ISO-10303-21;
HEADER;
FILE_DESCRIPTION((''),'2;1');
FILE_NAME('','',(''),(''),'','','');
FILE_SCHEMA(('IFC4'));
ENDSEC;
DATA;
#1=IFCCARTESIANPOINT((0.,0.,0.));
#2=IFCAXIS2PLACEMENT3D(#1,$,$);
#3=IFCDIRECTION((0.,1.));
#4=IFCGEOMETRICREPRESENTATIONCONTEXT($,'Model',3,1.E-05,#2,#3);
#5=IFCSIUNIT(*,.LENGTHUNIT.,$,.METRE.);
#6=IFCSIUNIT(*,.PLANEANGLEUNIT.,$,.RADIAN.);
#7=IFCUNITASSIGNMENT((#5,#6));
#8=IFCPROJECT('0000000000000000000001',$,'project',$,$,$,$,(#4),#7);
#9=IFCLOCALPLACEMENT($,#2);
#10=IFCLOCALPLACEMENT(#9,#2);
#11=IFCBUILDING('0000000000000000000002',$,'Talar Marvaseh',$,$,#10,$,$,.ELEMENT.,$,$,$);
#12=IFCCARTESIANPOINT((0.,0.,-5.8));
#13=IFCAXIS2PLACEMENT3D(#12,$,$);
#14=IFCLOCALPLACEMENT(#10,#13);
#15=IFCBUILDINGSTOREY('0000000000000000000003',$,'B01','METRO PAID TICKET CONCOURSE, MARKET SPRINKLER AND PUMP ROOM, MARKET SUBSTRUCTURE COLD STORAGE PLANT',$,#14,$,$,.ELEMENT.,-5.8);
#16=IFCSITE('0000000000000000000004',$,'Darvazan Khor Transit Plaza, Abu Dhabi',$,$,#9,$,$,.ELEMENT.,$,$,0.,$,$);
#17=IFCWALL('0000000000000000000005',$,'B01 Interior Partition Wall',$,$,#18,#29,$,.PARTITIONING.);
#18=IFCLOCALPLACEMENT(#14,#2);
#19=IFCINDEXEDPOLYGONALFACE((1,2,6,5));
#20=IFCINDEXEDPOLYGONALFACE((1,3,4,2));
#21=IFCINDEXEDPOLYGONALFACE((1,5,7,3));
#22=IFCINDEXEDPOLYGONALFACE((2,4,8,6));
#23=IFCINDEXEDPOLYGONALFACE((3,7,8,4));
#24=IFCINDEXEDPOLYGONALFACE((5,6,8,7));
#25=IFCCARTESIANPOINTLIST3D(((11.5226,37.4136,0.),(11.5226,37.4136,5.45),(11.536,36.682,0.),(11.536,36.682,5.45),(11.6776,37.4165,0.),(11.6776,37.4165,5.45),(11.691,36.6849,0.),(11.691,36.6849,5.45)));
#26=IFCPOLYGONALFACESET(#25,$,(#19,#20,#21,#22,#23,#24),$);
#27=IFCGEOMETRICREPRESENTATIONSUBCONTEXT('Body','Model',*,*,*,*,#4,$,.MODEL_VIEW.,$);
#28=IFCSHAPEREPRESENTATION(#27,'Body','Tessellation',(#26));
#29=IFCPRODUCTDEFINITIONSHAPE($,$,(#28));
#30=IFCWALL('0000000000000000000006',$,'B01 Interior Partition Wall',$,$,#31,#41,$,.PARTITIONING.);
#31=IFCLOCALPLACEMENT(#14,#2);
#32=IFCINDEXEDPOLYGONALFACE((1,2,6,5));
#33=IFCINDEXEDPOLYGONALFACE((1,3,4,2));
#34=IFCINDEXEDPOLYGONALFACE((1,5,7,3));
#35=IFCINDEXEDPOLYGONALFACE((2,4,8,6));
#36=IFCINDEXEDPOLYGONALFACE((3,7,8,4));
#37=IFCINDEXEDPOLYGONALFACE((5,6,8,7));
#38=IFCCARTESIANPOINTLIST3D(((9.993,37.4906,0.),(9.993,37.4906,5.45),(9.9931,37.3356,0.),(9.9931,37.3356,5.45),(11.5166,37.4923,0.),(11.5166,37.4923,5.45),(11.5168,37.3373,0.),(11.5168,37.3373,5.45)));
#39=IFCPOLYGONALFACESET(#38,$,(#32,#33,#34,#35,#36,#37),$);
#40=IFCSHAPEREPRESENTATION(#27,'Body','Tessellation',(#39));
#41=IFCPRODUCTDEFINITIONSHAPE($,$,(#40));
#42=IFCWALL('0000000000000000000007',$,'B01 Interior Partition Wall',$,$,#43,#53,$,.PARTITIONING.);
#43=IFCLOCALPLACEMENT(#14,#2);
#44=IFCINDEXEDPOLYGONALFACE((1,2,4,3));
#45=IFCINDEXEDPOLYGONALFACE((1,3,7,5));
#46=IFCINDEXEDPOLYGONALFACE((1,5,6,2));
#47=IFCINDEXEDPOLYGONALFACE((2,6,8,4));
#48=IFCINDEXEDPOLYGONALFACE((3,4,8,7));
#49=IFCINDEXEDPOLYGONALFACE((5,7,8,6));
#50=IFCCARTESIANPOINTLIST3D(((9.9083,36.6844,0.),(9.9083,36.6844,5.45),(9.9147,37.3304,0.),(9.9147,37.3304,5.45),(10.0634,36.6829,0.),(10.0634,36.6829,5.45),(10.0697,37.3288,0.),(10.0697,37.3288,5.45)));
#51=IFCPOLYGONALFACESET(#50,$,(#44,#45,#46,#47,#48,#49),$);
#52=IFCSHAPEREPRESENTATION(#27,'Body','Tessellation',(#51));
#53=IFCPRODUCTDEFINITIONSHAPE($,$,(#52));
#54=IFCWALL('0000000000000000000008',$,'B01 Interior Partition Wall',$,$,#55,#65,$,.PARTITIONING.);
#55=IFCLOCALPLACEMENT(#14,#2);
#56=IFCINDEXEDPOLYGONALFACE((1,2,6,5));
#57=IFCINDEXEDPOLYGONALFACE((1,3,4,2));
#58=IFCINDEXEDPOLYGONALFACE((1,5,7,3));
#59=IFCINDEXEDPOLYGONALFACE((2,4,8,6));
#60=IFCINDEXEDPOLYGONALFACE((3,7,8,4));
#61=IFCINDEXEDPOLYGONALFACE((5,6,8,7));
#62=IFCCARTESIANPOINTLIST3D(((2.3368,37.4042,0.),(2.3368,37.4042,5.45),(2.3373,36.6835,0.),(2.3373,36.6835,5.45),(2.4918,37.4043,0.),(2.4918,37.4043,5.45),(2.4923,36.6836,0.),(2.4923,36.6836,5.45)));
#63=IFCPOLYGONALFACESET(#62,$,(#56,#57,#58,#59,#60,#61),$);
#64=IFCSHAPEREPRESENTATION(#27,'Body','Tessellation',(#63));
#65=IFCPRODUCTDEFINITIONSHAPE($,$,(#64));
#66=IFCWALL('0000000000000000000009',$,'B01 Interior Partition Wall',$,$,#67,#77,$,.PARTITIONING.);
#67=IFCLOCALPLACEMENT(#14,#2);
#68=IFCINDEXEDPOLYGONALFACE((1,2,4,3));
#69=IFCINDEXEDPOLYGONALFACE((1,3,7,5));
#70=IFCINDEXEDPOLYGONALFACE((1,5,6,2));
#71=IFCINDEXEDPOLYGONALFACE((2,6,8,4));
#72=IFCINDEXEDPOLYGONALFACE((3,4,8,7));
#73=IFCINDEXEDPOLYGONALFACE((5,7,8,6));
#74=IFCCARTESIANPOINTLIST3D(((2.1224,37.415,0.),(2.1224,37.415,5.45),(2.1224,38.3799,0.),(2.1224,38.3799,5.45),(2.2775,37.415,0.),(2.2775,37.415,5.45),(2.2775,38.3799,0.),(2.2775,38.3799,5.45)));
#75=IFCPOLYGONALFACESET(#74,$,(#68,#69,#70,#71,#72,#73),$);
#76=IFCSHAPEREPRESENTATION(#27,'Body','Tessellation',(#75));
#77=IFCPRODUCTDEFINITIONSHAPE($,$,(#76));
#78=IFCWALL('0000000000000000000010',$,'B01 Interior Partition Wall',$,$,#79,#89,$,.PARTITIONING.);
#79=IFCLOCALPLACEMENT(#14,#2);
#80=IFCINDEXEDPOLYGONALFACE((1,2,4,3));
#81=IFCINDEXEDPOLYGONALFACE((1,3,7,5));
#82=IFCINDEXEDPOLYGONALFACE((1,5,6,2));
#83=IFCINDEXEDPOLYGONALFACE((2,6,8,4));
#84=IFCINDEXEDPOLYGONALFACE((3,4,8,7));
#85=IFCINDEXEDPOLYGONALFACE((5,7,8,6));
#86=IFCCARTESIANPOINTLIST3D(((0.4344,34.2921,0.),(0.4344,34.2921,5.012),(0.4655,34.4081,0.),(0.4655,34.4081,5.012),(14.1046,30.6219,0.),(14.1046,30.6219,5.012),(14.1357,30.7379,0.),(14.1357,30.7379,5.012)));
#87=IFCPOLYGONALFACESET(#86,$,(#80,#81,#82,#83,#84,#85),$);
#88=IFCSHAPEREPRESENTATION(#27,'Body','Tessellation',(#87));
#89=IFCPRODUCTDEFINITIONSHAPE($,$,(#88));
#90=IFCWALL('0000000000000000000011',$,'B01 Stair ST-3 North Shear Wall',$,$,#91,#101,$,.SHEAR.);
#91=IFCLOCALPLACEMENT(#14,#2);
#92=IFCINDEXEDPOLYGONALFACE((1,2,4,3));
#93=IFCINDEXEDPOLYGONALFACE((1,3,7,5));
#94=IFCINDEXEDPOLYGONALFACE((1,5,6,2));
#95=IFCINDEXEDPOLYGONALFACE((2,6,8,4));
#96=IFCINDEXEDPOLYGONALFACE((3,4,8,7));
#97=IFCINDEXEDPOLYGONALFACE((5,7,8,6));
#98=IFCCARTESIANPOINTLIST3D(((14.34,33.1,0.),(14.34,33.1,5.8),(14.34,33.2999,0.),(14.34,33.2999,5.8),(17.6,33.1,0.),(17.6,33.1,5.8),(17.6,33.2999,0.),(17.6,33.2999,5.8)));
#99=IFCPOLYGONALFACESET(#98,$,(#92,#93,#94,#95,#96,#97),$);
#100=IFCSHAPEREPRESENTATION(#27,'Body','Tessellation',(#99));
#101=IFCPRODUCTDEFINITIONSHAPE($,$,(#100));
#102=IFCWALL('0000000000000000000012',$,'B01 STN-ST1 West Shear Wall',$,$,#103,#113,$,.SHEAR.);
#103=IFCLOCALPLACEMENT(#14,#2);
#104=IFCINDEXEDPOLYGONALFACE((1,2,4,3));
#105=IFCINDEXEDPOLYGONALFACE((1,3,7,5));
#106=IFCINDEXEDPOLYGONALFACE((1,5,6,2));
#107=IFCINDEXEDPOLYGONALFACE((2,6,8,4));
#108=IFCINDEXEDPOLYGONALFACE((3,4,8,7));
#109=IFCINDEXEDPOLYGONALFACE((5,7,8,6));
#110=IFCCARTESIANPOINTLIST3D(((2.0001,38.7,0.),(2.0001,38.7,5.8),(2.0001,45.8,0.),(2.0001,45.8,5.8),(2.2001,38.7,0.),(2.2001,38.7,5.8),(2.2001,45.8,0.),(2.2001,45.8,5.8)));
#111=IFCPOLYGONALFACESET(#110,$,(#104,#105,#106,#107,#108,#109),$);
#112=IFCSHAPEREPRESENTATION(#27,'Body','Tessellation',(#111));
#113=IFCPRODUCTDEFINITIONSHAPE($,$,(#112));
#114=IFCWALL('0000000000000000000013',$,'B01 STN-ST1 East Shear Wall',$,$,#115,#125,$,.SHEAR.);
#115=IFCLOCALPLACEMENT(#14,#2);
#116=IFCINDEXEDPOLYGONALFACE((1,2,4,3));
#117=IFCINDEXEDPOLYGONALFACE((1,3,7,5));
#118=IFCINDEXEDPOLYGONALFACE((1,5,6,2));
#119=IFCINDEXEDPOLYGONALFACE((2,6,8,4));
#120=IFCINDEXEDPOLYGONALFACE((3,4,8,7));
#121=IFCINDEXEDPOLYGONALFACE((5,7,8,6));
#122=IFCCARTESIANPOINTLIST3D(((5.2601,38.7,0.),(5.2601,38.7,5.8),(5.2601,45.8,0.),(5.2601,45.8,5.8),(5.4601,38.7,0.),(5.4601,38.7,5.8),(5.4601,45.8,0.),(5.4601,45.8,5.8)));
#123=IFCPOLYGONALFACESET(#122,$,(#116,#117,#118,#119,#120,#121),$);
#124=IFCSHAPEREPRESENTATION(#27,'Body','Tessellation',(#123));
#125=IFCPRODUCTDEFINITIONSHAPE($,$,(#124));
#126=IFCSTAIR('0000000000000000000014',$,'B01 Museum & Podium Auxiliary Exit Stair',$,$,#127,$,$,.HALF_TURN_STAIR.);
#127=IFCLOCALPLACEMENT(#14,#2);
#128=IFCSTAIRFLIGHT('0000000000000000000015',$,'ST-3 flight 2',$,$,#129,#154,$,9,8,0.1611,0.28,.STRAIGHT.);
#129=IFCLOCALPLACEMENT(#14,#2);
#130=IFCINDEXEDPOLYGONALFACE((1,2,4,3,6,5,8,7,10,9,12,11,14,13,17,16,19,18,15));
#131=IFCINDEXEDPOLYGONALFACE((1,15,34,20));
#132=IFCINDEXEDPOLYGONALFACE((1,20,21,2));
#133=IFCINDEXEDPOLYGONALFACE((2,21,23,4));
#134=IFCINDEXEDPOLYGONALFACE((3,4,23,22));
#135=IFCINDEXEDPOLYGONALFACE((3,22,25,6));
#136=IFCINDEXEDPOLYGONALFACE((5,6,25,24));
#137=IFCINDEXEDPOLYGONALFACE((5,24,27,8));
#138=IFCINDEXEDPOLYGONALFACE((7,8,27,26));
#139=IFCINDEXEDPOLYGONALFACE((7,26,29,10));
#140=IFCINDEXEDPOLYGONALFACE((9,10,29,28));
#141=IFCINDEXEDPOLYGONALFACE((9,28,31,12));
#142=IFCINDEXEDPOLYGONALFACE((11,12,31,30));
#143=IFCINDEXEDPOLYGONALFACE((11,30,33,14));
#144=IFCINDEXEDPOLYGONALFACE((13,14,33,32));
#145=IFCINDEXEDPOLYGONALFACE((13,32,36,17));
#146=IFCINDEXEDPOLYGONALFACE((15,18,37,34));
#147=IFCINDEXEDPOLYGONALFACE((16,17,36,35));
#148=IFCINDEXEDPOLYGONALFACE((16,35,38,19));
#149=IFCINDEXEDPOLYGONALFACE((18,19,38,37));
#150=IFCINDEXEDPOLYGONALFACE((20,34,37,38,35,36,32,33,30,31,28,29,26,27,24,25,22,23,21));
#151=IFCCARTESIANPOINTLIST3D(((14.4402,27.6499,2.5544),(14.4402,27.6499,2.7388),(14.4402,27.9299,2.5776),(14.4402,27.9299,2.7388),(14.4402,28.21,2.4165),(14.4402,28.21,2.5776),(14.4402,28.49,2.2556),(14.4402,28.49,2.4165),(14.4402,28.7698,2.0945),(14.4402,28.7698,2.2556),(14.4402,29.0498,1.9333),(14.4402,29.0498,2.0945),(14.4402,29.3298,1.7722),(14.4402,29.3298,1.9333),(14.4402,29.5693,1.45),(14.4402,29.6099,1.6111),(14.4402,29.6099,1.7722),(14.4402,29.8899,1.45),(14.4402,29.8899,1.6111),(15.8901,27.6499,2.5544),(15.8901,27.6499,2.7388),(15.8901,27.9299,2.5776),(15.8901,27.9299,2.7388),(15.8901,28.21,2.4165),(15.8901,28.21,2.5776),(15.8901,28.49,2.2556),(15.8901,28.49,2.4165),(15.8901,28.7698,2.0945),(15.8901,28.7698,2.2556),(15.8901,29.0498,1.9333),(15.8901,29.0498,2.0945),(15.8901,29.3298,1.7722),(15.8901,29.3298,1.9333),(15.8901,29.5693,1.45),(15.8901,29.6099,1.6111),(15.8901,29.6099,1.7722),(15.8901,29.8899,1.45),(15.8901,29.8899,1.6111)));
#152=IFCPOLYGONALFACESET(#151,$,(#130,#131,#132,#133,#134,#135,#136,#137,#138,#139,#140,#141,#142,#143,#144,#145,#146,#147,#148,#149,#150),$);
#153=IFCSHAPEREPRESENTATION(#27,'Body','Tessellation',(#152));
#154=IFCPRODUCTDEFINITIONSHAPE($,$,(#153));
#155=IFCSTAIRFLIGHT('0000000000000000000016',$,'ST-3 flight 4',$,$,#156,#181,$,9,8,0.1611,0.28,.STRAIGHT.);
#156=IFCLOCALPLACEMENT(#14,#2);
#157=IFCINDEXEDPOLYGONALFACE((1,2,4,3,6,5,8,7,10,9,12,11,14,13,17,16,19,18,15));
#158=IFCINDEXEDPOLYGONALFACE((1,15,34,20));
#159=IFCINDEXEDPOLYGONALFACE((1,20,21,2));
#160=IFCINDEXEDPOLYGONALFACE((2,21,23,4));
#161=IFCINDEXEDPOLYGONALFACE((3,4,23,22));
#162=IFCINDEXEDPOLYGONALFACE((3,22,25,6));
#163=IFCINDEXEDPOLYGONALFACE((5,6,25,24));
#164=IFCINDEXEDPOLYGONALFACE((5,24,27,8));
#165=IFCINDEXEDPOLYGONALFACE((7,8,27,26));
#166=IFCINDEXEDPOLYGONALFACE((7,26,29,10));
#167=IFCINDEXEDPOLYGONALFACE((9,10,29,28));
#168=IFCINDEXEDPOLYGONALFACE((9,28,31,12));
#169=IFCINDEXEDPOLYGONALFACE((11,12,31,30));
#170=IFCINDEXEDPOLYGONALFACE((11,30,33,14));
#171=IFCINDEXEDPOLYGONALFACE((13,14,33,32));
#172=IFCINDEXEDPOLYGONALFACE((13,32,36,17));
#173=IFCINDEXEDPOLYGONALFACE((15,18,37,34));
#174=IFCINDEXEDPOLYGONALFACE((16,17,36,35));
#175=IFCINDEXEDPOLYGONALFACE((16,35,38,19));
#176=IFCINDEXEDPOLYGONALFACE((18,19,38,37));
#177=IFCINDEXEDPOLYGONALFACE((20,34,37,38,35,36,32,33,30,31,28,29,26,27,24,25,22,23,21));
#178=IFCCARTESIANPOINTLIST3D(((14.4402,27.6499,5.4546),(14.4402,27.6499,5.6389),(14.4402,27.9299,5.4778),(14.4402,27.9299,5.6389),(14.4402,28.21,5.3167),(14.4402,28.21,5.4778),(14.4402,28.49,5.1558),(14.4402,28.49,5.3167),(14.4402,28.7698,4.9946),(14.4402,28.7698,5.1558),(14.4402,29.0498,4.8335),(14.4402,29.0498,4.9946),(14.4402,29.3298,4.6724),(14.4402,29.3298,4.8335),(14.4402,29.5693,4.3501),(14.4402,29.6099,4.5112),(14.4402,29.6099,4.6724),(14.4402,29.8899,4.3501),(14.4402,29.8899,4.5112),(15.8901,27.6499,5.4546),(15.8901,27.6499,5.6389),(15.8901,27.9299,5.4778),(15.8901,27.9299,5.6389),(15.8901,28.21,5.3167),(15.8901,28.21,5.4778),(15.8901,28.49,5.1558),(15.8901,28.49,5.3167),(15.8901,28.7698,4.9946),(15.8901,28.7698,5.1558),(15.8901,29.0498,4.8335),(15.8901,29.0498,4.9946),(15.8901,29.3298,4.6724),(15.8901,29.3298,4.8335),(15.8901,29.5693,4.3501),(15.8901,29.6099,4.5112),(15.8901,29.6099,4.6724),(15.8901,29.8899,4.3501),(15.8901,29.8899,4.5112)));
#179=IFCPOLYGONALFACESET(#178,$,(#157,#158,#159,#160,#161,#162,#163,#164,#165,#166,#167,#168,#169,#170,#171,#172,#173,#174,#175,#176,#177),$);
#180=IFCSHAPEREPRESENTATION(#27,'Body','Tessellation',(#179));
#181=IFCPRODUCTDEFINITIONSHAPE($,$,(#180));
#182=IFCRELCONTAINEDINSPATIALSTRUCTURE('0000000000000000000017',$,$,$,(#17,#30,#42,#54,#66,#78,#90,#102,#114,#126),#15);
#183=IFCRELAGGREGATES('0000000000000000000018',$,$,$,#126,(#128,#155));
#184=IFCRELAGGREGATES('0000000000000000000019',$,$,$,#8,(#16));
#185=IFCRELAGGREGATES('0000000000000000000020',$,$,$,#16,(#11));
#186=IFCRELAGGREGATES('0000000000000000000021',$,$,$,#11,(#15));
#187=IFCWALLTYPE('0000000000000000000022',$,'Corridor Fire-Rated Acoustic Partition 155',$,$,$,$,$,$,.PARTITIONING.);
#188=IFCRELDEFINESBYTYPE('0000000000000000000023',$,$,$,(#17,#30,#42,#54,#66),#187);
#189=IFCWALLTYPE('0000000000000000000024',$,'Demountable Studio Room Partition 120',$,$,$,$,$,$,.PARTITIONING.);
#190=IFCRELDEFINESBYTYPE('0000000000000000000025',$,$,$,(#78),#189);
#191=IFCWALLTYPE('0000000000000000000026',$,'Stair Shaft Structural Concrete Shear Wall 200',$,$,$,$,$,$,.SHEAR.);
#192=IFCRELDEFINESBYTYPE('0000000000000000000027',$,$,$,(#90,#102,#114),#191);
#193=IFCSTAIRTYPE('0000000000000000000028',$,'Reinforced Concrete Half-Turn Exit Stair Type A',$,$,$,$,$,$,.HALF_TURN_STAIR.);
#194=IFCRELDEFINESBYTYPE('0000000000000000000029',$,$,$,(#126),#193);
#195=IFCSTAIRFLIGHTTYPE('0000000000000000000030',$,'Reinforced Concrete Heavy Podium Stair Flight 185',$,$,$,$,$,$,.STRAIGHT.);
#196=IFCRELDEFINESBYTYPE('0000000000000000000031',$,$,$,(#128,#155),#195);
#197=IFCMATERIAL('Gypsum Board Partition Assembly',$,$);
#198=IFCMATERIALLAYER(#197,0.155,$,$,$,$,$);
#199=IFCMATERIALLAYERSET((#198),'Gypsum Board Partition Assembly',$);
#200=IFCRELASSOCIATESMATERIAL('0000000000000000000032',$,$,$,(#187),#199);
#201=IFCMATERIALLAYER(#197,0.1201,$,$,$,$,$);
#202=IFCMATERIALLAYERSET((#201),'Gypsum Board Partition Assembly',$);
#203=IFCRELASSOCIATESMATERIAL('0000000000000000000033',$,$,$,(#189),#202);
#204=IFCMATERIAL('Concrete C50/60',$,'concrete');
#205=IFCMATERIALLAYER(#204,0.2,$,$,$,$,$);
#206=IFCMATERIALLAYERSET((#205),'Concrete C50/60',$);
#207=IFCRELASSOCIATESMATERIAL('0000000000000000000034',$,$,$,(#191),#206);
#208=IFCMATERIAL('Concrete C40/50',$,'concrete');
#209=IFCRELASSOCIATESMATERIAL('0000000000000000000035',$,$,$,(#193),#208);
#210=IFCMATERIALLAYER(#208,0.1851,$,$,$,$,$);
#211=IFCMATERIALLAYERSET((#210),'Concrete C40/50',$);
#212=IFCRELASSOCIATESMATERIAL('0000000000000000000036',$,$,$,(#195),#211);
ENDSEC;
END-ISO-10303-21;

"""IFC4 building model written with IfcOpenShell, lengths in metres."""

from ifc_helpers import new_model, si_unit, direction, frame, frame_2d, origin, place, context, subcontext, project, spatial, polyline, rectangle, outline, extrude, material, layer, layer_set, type_object, element, aggregate, save


model = new_model("IFC4")

# Units and contexts
model_context = context("Model", 3, precision=1e-05, world=origin(), true_north=direction((0.0, 1.0)))
body_context = subcontext(model_context, "Body", "Model", "MODEL_VIEW")
ifc_project = project(units=[si_unit("LENGTHUNIT", "METRE"), si_unit("PLANEANGLEUNIT", "RADIAN")], contexts=[model_context])

# Site, building, storey
site_placement = place(None, origin())
site = spatial("IfcSite", under=ifc_project, at=site_placement, Name="Darvazan Khor Transit Plaza, Abu Dhabi", CompositionType="ELEMENT", RefElevation=0.0)
building_placement = place(site_placement, origin())
building = spatial("IfcBuilding", under=site, at=building_placement, Name="Talar Marvaseh", CompositionType="ELEMENT")
storey_placement = place(building_placement, frame((0.0, 0.0, -5.8)))
storey = spatial("IfcBuildingStorey", under=building, at=storey_placement, Name="B01", Description="METRO PAID TICKET CONCOURSE, MARKET SPRINKLER AND PUMP ROOM, MARKET SUBSTRUCTURE COLD STORAGE PLANT", CompositionType="ELEMENT", Elevation=-5.8)

# Shared definitions
ifc_material_1 = material(Name="Concrete C50/60", Category="concrete")

# Shared definitions
ifc_material_2 = material(Name="Gypsum Board Partition Assembly")
ifc_layer_1 = layer(ifc_material_2, 0.155)
ifc_layer_set_1 = layer_set([ifc_layer_1], Name="Gypsum Board Partition Assembly")
wall_type_1 = type_object("IfcWallType", Name="Corridor Fire-Rated Acoustic Partition 155", PredefinedType="PARTITIONING", material=ifc_layer_set_1)

# Walls
wall_1_placement = place(storey_placement, frame((11.6135, 36.6836, 0.0), z_axis=(0.0, 0.0, 1.0), x_axis=(-0.018355, 0.999832, 0.0)))
element("IfcWall", 1, at=wall_1_placement, inside=storey, type_object=wall_type_1, Name="B01 Interior Partition Wall", PredefinedType="PARTITIONING", context=body_context, shape_type="SweptSolid", body=[
    extrude(rectangle(XDim=0.7317, YDim=0.155, at=frame_2d((0.3657, 0.0))), origin(), (0.0, 0.0, 1.0), 5.45),
])
wall_2_placement = place(storey_placement, frame((11.5166, 37.4148, 0.0), z_axis=(0.0, 0.0, 1.0), x_axis=(-0.999999, -0.001122, 0.0)))
element("IfcWall", 2, at=wall_2_placement, inside=storey, type_object=wall_type_1, Name="B01 Interior Partition Wall", PredefinedType="PARTITIONING", context=body_context, shape_type="SweptSolid", body=[
    extrude(rectangle(XDim=1.5237, YDim=0.155, at=frame_2d((0.7617, 0.0))), origin(), (0.0, 0.0, 1.0), 5.45),
])
wall_3_placement = place(storey_placement, frame((9.9922, 37.3296, 0.0), z_axis=(0.0, 0.0, 1.0), x_axis=(-0.009826, -0.999952, 0.0)))
element("IfcWall", 3, at=wall_3_placement, inside=storey, type_object=wall_type_1, Name="B01 Interior Partition Wall", PredefinedType="PARTITIONING", context=body_context, shape_type="SweptSolid", body=[
    extrude(rectangle(XDim=0.646, YDim=0.155, at=frame_2d((0.323, 0.0))), origin(), (0.0, 0.0, 1.0), 5.45),
])
wall_4_placement = place(storey_placement, frame((2.4148, 36.6836, 0.0), z_axis=(0.0, 0.0, 1.0), x_axis=(-0.000678, 1.0, 0.0)))
element("IfcWall", 4, at=wall_4_placement, inside=storey, type_object=wall_type_1, Name="B01 Interior Partition Wall", PredefinedType="PARTITIONING", context=body_context, shape_type="SweptSolid", body=[
    extrude(rectangle(XDim=0.7207, YDim=0.155, at=frame_2d((0.3604, 0.0))), origin(), (0.0, 0.0, 1.0), 5.45),
])
wall_5_placement = place(storey_placement, frame((2.2, 37.415, 0.0), z_axis=(0.0, 0.0, 1.0), x_axis=(0.0, 1.0, 0.0)))
element("IfcWall", 5, at=wall_5_placement, inside=storey, type_object=wall_type_1, Name="B01 Interior Partition Wall", PredefinedType="PARTITIONING", context=body_context, shape_type="SweptSolid", body=[
    extrude(rectangle(XDim=0.9648, YDim=0.155, at=frame_2d((0.4824, 0.0))), origin(), (0.0, 0.0, 1.0), 5.45),
])
ifc_layer_2 = layer(ifc_material_2, 0.1201)
ifc_layer_set_2 = layer_set([ifc_layer_2], Name="Gypsum Board Partition Assembly")
wall_type_2 = type_object("IfcWallType", Name="Demountable Studio Room Partition 120", PredefinedType="PARTITIONING", material=ifc_layer_set_2)
wall_6_placement = place(storey_placement, frame((0.45, 34.3501, 0.0), z_axis=(0.0, 0.0, 1.0), x_axis=(0.965798, -0.259297, 0.0)))
element("IfcWall", 6, at=wall_6_placement, inside=storey, type_object=wall_type_2, Name="B01 Interior Partition Wall", PredefinedType="PARTITIONING", context=body_context, shape_type="SweptSolid", body=[
    extrude(rectangle(XDim=14.1543, YDim=0.1201, at=frame_2d((7.0771, 0.0))), origin(), (0.0, 0.0, 1.0), 5.012),
])
ifc_layer_3 = layer(ifc_material_1, 0.2)
ifc_layer_set_3 = layer_set([ifc_layer_3], Name="Concrete C50/60")
wall_type_3 = type_object("IfcWallType", Name="Stair Shaft Structural Concrete Shear Wall 200", PredefinedType="SHEAR", material=ifc_layer_set_3)
wall_7_placement = place(storey_placement, frame((14.3401, 33.2, 0.0), z_axis=(0.0, 0.0, 1.0), x_axis=(1.0, 0.0, 0.0)))
element("IfcWall", 7, at=wall_7_placement, inside=storey, type_object=wall_type_3, Name="B01 Stair ST-3 North Shear Wall", PredefinedType="SHEAR", context=body_context, shape_type="SweptSolid", body=[
    extrude(rectangle(XDim=3.26, YDim=0.2, at=frame_2d((1.6299, 0.0))), origin(), (0.0, 0.0, 1.0), 5.8),
])

# Walls
for number, where, z_axis, x_axis, name in (
    (8, (2.1001, 38.7, 0.0), (0.0, 0.0, 1.0), (0.0, 1.0, 0.0), "B01 STN-ST1 West Shear Wall"),
    (9, (5.3601, 38.7, 0.0), (0.0, 0.0, 1.0), (0.0, 1.0, 0.0), "B01 STN-ST1 East Shear Wall"),
):
    element("IfcWall", number, at=place(storey_placement, frame(where, z_axis=z_axis, x_axis=x_axis)), inside=storey, type_object=wall_type_3, Name=name, PredefinedType="SHEAR", context=body_context, shape_type="SweptSolid", body=[
        extrude(rectangle(XDim=7.1001, YDim=0.2, at=frame_2d((3.55, 0.0))), origin(), (0.0, 0.0, 1.0), 5.8),
    ])

# Stair, stair flights
ifc_material_3 = material(Name="Concrete C40/50", Category="concrete")
stair_type = type_object("IfcStairType", Name="Reinforced Concrete Half-Turn Exit Stair Type A", PredefinedType="HALF_TURN_STAIR", material=ifc_material_3)
stair_placement = place(storey_placement, origin())
stair = element("IfcStair", 10, at=stair_placement, inside=storey, type_object=stair_type, Name="B01 Museum & Podium Auxiliary Exit Stair", PredefinedType="HALF_TURN_STAIR")
ifc_layer_4 = layer(ifc_material_3, 0.1851)
ifc_layer_set_4 = layer_set([ifc_layer_4], Name="Concrete C40/50")
stair_flight_type = type_object("IfcStairFlightType", Name="Reinforced Concrete Heavy Podium Stair Flight 185", PredefinedType="STRAIGHT", material=ifc_layer_set_4)
stair_flight_1_placement = place(storey_placement, frame((15.165, 29.8899, 1.45), z_axis=(0.0, 0.0, 1.0), x_axis=(0.0, -1.0, 0.0)))
stair_flight_1 = element("IfcStairFlight", 11, at=stair_flight_1_placement, type_object=stair_flight_type, Name="ST-3 flight 2", NumberOfRisers=9, NumberOfTreads=8, PredefinedType="STRAIGHT", RiserHeight=0.1611, TreadLength=0.28, context=body_context, shape_type="SweptSolid", body=[
    extrude(outline(polyline([(0.0, 0.0), (0.0, 0.1611), (0.28, 0.1611), (0.28, 0.3223), (0.5601, 0.3223), (0.5601, 0.4834), (0.8401, 0.4834), (0.8401, 0.6445), (1.1201, 0.6445), (1.1201, 0.8057), (1.3999, 0.8057), (1.3999, 0.9666), (1.6799, 0.9666), (1.6799, 1.1277), (1.96, 1.1277), (1.96, 1.2888), (2.24, 1.2888), (2.24, 1.45), (2.24, 1.1045), (0.3206, 0.0), (0.0, 0.0)])), frame((0.0, 0.7251, 0.0), z_axis=(0.0, -1.0, 0.0), x_axis=(1.0, 0.0, 0.0)), (0.0, 0.0, 1.0), 1.45),
])
stair_flight_2_placement = place(storey_placement, frame((15.165, 29.8899, 4.3501), z_axis=(0.0, 0.0, 1.0), x_axis=(0.0, -1.0, 0.0)))
stair_flight_2 = element("IfcStairFlight", 12, at=stair_flight_2_placement, type_object=stair_flight_type, Name="ST-3 flight 4", NumberOfRisers=9, NumberOfTreads=8, PredefinedType="STRAIGHT", RiserHeight=0.1611, TreadLength=0.28, context=body_context, shape_type="SweptSolid", body=[
    extrude(outline(polyline([(0.0, 0.0), (0.0, 0.1611), (0.28, 0.1611), (0.28, 0.3223), (0.5601, 0.3223), (0.5601, 0.4834), (0.8401, 0.4834), (0.8401, 0.6445), (1.1201, 0.6445), (1.1201, 0.8057), (1.3999, 0.8057), (1.3999, 0.9666), (1.6799, 0.9666), (1.6799, 1.1277), (1.96, 1.1277), (1.96, 1.2888), (2.24, 1.2888), (2.24, 1.45), (2.24, 1.1045), (0.3206, 0.0), (0.0, 0.0)])), frame((0.0, 0.7251, 0.0), z_axis=(0.0, -1.0, 0.0), x_axis=(1.0, 0.0, 0.0)), (0.0, 0.0, 1.0), 1.45),
])
aggregate(stair, [stair_flight_1, stair_flight_2])

save(model, "model.ifc")
